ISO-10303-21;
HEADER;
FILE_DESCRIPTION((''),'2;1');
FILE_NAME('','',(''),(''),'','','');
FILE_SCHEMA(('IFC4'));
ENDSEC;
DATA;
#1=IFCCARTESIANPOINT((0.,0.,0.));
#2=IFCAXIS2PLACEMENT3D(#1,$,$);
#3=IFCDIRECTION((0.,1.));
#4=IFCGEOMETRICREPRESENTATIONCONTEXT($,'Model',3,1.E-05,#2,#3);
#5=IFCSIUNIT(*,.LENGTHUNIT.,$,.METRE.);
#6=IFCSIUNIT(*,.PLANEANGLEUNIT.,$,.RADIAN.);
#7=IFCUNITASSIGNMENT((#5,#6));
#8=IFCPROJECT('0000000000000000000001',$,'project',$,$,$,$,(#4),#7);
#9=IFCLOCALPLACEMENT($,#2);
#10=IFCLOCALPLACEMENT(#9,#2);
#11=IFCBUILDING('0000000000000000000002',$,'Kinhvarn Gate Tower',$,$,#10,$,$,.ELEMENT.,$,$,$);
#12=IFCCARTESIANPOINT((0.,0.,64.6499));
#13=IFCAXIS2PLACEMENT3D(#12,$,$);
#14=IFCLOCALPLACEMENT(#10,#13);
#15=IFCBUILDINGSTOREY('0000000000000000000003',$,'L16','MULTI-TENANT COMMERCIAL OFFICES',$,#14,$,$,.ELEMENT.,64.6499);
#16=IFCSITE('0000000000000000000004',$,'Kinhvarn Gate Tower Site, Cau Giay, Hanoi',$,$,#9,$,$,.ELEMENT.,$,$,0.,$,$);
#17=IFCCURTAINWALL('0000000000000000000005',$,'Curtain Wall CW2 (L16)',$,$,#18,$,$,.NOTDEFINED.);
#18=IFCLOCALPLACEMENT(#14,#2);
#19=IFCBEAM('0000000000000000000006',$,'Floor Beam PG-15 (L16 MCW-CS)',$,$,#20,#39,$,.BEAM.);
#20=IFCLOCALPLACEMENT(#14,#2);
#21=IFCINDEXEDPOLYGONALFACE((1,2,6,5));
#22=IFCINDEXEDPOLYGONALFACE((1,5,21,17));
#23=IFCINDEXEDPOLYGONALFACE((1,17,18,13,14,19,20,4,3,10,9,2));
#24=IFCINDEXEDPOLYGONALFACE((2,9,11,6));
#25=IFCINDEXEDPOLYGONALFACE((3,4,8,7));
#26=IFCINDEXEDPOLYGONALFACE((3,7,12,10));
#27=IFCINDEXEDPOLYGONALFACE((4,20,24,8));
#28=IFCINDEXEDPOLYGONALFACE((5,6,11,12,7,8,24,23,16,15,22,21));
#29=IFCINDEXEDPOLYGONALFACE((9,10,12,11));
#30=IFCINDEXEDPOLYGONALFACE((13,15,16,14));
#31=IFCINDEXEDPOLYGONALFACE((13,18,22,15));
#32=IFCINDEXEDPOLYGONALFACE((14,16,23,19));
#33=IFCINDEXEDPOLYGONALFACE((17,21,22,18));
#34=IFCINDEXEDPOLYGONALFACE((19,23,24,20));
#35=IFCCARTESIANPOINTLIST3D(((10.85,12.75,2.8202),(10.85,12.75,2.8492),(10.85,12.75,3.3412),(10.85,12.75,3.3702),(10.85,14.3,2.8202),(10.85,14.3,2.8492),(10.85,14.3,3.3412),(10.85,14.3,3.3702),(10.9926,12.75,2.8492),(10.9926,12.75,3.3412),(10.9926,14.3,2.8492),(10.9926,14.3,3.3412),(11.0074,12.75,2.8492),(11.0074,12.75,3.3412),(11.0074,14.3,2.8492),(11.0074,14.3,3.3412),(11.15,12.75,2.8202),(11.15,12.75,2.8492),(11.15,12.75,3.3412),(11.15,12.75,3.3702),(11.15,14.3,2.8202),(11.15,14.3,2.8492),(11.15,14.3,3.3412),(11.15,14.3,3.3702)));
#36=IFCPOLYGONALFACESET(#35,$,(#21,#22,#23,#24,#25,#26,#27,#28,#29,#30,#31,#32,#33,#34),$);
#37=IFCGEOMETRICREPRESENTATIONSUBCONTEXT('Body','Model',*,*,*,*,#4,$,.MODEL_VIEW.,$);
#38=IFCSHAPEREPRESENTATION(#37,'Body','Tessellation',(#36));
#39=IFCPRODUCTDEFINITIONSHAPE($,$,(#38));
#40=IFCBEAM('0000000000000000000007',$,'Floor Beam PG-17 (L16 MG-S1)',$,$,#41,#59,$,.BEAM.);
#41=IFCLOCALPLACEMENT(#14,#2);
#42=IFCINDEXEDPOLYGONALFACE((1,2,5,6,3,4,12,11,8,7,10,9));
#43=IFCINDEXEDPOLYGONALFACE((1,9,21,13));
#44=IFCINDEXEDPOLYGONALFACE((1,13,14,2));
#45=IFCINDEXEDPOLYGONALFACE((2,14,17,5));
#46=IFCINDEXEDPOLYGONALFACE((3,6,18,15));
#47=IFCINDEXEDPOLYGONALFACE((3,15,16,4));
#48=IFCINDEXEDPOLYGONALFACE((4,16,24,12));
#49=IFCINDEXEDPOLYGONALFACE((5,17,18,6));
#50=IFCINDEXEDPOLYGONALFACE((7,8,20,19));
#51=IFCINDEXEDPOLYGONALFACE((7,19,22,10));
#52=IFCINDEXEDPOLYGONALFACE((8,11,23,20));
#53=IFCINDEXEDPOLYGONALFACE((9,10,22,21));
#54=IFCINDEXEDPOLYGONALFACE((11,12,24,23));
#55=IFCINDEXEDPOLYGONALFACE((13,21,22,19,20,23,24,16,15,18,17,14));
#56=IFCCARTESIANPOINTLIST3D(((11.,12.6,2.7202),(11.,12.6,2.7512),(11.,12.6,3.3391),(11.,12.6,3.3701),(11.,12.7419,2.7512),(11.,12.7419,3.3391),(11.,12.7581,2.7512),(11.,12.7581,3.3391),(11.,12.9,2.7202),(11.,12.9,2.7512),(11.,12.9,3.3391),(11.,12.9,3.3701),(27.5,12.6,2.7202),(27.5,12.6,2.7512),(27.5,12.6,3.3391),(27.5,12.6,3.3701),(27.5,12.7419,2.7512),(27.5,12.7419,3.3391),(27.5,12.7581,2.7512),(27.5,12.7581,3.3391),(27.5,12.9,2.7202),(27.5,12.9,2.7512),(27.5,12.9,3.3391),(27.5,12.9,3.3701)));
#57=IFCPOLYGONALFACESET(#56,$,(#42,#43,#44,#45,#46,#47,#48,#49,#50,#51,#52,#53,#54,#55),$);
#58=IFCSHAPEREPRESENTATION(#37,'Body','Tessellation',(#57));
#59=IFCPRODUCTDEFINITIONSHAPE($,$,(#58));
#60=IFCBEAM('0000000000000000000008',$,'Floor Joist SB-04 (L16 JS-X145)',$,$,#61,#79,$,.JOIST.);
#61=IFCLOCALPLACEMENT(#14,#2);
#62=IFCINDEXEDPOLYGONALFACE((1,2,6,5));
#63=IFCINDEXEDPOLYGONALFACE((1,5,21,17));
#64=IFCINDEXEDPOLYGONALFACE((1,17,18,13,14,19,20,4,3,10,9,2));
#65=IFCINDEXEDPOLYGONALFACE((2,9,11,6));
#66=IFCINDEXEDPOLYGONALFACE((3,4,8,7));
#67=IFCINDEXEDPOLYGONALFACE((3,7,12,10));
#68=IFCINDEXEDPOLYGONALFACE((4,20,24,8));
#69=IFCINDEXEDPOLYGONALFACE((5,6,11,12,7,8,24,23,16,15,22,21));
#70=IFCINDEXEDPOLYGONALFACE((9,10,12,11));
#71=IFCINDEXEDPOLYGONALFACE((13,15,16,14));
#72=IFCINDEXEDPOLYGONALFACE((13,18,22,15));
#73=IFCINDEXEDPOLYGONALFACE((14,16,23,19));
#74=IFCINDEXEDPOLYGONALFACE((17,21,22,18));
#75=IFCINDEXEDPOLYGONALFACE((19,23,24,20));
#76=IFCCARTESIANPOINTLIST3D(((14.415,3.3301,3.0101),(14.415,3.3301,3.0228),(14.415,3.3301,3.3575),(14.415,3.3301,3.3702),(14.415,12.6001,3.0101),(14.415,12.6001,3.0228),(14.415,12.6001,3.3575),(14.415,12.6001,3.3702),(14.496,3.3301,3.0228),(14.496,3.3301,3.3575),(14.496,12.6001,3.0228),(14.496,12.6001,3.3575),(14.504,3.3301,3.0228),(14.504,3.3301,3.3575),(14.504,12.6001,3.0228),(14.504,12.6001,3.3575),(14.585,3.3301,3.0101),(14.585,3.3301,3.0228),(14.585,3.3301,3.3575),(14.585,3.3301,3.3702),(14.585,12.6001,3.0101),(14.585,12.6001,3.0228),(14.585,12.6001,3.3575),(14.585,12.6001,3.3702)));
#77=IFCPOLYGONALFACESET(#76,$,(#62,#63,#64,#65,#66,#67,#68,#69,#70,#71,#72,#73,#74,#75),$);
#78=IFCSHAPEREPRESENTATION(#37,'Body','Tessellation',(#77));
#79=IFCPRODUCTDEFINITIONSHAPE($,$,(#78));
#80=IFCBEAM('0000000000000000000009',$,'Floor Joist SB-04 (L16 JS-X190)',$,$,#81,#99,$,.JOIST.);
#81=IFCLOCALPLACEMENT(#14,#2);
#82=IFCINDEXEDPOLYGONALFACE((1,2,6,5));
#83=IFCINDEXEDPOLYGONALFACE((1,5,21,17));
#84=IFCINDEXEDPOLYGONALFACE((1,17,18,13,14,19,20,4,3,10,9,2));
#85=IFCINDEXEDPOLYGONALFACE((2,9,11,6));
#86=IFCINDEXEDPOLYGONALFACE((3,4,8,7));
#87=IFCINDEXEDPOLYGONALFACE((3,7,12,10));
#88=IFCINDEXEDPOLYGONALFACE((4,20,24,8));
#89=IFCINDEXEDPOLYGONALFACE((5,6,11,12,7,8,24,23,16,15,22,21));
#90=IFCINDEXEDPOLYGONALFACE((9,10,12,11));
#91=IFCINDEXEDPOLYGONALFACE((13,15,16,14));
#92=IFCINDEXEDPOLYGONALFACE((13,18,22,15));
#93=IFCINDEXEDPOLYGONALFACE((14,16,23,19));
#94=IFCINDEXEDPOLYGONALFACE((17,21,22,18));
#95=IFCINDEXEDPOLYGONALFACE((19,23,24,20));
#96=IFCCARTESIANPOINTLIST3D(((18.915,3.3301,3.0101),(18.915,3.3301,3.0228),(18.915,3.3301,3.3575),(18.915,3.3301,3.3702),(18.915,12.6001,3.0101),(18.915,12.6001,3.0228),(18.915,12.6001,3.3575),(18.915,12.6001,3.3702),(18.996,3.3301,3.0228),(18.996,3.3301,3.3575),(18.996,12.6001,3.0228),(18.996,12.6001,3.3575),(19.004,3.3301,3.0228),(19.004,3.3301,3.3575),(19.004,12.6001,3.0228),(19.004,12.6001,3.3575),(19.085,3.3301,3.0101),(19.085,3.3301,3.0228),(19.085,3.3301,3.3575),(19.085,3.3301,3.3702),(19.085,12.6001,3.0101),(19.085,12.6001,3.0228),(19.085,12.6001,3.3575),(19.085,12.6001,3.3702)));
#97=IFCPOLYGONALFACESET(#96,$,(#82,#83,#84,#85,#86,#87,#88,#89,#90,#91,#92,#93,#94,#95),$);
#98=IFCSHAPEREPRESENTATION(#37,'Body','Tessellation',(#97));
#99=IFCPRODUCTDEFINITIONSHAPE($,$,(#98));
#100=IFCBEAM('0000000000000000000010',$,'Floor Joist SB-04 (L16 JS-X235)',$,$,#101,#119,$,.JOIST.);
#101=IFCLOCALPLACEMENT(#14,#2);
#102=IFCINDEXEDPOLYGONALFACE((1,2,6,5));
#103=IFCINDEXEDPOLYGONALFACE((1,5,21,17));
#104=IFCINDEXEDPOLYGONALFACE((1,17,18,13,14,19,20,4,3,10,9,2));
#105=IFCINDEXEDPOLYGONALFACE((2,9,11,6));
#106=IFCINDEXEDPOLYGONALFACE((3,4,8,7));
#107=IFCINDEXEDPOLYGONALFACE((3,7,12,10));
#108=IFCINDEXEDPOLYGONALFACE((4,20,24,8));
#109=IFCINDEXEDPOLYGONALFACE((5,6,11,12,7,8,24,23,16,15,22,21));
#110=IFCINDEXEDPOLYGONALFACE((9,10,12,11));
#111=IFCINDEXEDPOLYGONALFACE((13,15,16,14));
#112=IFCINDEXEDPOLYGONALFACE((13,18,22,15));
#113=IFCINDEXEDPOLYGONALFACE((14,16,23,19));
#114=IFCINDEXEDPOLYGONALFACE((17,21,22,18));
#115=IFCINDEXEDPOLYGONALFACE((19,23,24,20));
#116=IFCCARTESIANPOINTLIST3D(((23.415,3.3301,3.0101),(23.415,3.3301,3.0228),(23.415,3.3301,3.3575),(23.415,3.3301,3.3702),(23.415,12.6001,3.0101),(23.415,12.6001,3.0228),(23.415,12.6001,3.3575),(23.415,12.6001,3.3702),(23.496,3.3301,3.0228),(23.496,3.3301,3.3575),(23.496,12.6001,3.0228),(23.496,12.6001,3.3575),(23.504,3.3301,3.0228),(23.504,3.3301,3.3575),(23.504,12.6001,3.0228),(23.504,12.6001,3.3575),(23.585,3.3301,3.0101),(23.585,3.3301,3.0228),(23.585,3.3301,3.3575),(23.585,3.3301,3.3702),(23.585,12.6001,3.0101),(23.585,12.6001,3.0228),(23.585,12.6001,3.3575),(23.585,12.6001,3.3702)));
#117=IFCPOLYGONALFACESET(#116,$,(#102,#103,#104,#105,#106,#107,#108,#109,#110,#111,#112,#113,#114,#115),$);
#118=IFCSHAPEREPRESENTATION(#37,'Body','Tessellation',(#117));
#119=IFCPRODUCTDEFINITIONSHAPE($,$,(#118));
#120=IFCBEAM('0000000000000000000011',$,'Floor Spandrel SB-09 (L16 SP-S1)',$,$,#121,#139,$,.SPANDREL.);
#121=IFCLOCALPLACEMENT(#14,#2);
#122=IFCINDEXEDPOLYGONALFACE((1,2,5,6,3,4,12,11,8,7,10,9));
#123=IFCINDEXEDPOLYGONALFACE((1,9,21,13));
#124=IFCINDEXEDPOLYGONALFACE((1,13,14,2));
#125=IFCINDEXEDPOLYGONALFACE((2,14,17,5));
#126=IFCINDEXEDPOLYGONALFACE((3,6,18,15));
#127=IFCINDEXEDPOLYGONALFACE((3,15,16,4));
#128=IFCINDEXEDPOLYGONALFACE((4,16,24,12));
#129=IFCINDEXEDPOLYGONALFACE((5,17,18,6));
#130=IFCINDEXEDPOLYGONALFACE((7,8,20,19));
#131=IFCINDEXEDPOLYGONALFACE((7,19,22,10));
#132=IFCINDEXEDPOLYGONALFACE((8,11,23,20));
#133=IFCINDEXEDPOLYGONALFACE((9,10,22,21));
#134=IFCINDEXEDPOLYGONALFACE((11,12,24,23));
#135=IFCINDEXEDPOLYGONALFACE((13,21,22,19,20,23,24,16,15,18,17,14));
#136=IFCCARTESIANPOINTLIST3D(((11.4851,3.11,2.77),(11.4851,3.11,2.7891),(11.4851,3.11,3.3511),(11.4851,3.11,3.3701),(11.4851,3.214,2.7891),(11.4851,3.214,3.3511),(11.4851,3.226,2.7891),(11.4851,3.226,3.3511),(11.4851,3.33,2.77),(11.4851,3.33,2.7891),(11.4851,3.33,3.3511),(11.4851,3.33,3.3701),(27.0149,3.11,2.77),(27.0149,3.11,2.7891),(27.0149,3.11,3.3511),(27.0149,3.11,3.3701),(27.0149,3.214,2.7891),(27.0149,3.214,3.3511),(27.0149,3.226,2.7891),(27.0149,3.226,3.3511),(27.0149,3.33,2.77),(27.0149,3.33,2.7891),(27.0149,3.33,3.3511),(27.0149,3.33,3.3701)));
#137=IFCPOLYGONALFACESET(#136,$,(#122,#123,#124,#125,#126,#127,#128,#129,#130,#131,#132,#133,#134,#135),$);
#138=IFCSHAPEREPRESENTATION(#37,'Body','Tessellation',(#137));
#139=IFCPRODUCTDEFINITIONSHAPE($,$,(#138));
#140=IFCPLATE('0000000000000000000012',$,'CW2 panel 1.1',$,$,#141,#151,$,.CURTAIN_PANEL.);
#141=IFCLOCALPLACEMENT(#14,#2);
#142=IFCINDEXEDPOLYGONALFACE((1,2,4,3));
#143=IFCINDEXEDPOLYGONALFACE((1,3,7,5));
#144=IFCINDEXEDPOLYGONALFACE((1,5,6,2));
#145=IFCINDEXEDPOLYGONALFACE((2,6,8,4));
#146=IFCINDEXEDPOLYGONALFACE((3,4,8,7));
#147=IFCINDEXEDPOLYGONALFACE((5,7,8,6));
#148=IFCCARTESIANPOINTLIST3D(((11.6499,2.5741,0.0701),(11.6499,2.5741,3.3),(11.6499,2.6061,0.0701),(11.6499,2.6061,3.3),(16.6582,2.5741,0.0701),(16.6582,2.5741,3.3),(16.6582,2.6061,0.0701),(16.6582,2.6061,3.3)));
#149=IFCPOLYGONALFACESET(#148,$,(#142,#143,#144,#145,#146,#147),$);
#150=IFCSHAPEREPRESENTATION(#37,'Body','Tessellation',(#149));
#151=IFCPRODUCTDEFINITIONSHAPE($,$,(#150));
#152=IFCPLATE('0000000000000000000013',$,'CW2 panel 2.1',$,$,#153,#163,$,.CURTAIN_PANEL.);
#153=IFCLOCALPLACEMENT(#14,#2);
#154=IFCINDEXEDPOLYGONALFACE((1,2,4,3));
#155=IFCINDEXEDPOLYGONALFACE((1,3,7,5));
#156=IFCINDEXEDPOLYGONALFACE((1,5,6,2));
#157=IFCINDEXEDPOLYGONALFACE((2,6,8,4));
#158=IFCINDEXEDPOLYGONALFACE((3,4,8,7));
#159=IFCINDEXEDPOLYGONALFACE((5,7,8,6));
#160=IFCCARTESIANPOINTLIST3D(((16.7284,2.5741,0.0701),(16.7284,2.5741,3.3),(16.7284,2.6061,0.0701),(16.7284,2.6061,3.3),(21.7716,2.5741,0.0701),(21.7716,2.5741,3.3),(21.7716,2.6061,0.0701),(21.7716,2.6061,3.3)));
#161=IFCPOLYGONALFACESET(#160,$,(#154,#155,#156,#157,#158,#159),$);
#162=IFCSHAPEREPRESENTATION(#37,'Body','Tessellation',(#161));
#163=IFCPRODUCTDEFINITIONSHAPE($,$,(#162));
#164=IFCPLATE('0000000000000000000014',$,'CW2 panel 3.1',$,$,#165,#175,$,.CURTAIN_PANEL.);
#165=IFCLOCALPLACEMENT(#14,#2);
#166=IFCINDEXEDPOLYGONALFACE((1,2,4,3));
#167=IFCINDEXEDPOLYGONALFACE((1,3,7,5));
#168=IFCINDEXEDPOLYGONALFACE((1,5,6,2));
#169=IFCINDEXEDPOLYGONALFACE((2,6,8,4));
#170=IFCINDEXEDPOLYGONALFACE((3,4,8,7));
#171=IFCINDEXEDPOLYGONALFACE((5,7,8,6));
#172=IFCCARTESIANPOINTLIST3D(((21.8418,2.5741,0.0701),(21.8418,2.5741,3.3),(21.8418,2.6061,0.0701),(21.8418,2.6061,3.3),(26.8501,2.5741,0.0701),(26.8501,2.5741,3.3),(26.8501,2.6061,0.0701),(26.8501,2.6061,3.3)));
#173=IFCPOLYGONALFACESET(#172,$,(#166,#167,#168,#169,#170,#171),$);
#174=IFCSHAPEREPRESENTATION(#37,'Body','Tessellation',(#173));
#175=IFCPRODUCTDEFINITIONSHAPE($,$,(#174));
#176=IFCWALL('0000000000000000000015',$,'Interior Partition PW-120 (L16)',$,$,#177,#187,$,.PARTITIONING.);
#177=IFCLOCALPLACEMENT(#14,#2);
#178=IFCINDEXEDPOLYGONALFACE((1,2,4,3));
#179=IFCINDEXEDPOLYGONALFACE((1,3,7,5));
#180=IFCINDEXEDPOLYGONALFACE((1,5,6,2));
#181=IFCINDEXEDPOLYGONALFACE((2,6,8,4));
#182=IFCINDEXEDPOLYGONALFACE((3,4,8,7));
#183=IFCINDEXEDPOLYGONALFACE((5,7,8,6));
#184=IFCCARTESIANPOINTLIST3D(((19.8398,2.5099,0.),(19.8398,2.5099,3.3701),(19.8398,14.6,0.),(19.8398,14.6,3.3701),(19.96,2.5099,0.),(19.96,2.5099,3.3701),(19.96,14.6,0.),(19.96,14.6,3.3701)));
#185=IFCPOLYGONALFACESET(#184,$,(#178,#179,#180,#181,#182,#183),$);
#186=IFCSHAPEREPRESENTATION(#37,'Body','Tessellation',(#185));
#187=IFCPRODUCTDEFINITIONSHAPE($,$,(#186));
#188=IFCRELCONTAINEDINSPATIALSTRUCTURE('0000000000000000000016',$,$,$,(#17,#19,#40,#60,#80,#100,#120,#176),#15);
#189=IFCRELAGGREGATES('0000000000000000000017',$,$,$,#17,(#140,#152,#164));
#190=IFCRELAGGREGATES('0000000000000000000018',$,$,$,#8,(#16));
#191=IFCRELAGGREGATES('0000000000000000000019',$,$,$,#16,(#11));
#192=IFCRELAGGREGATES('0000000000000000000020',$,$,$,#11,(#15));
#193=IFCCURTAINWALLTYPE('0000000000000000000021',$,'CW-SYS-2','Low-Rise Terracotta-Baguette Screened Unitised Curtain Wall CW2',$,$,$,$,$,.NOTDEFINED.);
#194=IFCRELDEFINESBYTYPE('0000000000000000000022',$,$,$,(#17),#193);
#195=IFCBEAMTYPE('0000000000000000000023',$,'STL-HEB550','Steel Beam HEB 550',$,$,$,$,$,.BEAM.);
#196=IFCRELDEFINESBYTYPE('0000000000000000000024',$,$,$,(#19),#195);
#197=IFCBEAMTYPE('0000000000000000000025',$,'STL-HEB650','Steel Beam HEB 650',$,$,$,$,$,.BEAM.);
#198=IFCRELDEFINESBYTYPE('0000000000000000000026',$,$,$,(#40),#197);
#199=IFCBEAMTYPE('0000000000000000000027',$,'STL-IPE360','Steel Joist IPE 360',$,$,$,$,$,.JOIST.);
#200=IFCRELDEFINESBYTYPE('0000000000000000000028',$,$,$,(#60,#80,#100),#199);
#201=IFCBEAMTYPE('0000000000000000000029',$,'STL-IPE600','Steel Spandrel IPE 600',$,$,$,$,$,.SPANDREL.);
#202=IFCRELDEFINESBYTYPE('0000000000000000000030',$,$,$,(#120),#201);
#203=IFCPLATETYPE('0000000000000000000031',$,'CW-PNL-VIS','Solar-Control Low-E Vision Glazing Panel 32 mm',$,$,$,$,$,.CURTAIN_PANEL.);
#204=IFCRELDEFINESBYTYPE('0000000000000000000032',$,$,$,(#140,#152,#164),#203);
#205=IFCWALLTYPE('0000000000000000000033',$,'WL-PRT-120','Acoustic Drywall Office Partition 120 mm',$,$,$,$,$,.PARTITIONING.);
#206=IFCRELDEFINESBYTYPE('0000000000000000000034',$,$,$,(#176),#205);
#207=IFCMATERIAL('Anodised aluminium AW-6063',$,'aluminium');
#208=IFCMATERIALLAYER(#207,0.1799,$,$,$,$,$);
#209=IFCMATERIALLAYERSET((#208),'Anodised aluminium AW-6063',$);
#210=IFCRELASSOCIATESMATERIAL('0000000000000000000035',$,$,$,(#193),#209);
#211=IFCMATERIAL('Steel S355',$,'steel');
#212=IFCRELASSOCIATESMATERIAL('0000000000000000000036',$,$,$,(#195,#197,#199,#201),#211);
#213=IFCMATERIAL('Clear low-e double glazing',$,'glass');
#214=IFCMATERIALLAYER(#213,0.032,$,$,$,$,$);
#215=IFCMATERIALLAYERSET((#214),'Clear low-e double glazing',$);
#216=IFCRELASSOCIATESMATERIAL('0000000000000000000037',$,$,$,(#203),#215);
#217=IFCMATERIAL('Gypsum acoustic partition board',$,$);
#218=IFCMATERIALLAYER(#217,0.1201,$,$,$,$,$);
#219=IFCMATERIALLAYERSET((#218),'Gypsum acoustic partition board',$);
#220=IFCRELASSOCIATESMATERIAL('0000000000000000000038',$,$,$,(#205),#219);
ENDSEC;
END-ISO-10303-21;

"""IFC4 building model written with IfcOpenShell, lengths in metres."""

from ifc_helpers import new_model, si_unit, direction, frame, frame_2d, origin, origin_2d, place, context, subcontext, project, spatial, rectangle, i_section, extrude, material, layer, layer_set, material_profile, profile_set, type_object, element, aggregate, save


model = new_model("IFC4")

# Units and contexts
model_context = context("Model", 3, precision=1e-05, world=origin(), true_north=direction((0.0, 1.0)))
body_context = subcontext(model_context, "Body", "Model", "MODEL_VIEW")
ifc_project = project(units=[si_unit("LENGTHUNIT", "METRE"), si_unit("PLANEANGLEUNIT", "RADIAN")], contexts=[model_context])

# Site, building, storey
site_placement = place(None, origin())
site = spatial("IfcSite", under=ifc_project, at=site_placement, Name="Kinhvarn Gate Tower Site, Cau Giay, Hanoi", CompositionType="ELEMENT", RefElevation=0.0)
building_placement = place(site_placement, origin())
building = spatial("IfcBuilding", under=site, at=building_placement, Name="Kinhvarn Gate Tower", CompositionType="ELEMENT")
storey_placement = place(building_placement, frame((0.0, 0.0, 64.6499)))
storey = spatial("IfcBuildingStorey", under=building, at=storey_placement, Name="L16", Description="MULTI-TENANT COMMERCIAL OFFICES", CompositionType="ELEMENT", Elevation=64.6499)

# Shared definitions
ifc_material_1 = material(Name="Anodised aluminium AW-6063", Category="aluminium")
ifc_layer_1 = layer(ifc_material_1, 0.1799)
ifc_layer_set_1 = layer_set([ifc_layer_1], Name="Anodised aluminium AW-6063")
curtain_wall_type = type_object("IfcCurtainWallType", Name="CW-SYS-2", Description="Low-Rise Terracotta-Baguette Screened Unitised Curtain Wall CW2", PredefinedType="NOTDEFINED", material=ifc_layer_set_1)

# Curtain wall
curtain_wall_1_placement = place(storey_placement, origin())
curtain_wall_1 = element("IfcCurtainWall", 1, at=curtain_wall_1_placement, inside=storey, type_object=curtain_wall_type, Name="Curtain Wall CW2 (L16)", PredefinedType="NOTDEFINED")

# Beams
ifc_material_2 = material(Name="Steel S355", Category="steel")
ifc_material_profile_1 = material_profile(ifc_material_2, i_section(OverallWidth=0.3, OverallDepth=0.55, WebThickness=0.0149, FlangeThickness=0.0291, at=origin_2d()), Name="HEB 550")
ifc_profile_set_1 = profile_set([ifc_material_profile_1], Name="Steel S355")
beam_type_1 = type_object("IfcBeamType", Name="STL-HEB550", Description="Steel Beam HEB 550", PredefinedType="BEAM", material=ifc_profile_set_1)
beam_1_placement = place(storey_placement, frame((11.0, 12.75, 3.0952), z_axis=(0.0, 1.0, 0.0), x_axis=(-1.0, 0.0, 0.0)))
element("IfcBeam", 2, at=beam_1_placement, inside=storey, type_object=beam_type_1, Name="Floor Beam PG-15 (L16 MCW-CS)", PredefinedType="BEAM", context=body_context, shape_type="SweptSolid", body=[
    extrude(i_section(OverallWidth=0.3, OverallDepth=0.55, WebThickness=0.0149, FlangeThickness=0.0291, at=origin_2d()), origin(), (0.0, 0.0, 1.0), 1.55),
])
ifc_material_profile_2 = material_profile(ifc_material_2, i_section(OverallWidth=0.3, OverallDepth=0.6499, WebThickness=0.0161, FlangeThickness=0.031, at=origin_2d()), Name="HEB 650")
ifc_profile_set_2 = profile_set([ifc_material_profile_2], Name="Steel S355")
beam_type_2 = type_object("IfcBeamType", Name="STL-HEB650", Description="Steel Beam HEB 650", PredefinedType="BEAM", material=ifc_profile_set_2)
beam_2_placement = place(storey_placement, frame((11.0, 12.75, 3.0452), z_axis=(1.0, 0.0, 0.0), x_axis=(0.0, 1.0, 0.0)))
element("IfcBeam", 3, at=beam_2_placement, inside=storey, type_object=beam_type_2, Name="Floor Beam PG-17 (L16 MG-S1)", PredefinedType="BEAM", context=body_context, shape_type="SweptSolid", body=[
    extrude(i_section(OverallWidth=0.3, OverallDepth=0.6499, WebThickness=0.0161, FlangeThickness=0.031, at=origin_2d()), origin(), (0.0, 0.0, 1.0), 16.5),
])
ifc_material_profile_3 = material_profile(ifc_material_2, i_section(OverallWidth=0.1699, OverallDepth=0.3601, WebThickness=0.0081, FlangeThickness=0.0127, at=origin_2d()), Name="IPE 360")
ifc_profile_set_3 = profile_set([ifc_material_profile_3], Name="Steel S355")
beam_type_3 = type_object("IfcBeamType", Name="STL-IPE360", Description="Steel Joist IPE 360", PredefinedType="JOIST", material=ifc_profile_set_3)
for number, where, z_axis, x_axis, name in (
    (4, (14.5, 3.3301, 3.1902), (0.0, 1.0, 0.0), (-1.0, 0.0, 0.0), "Floor Joist SB-04 (L16 JS-X145)"),
    (5, (19.0, 3.3301, 3.1902), (0.0, 1.0, 0.0), (-1.0, 0.0, 0.0), "Floor Joist SB-04 (L16 JS-X190)"),
    (6, (23.5, 3.3301, 3.1902), (0.0, 1.0, 0.0), (-1.0, 0.0, 0.0), "Floor Joist SB-04 (L16 JS-X235)"),
):
    element("IfcBeam", number, at=place(storey_placement, frame(where, z_axis=z_axis, x_axis=x_axis)), inside=storey, type_object=beam_type_3, Name=name, PredefinedType="JOIST", context=body_context, shape_type="SweptSolid", body=[
        extrude(i_section(OverallWidth=0.1699, OverallDepth=0.3601, WebThickness=0.0081, FlangeThickness=0.0127, at=origin_2d()), origin(), (0.0, 0.0, 1.0), 9.27),
    ])
ifc_material_profile_4 = material_profile(ifc_material_2, i_section(OverallWidth=0.22, OverallDepth=0.6001, WebThickness=0.012, FlangeThickness=0.019, at=origin_2d()), Name="IPE 600")
ifc_profile_set_4 = profile_set([ifc_material_profile_4], Name="Steel S355")
beam_type_4 = type_object("IfcBeamType", Name="STL-IPE600", Description="Steel Spandrel IPE 600", PredefinedType="SPANDREL", material=ifc_profile_set_4)
beam_3_placement = place(storey_placement, frame((11.4851, 3.22, 3.0701), z_axis=(1.0, 0.0, 0.0), x_axis=(0.0, 1.0, 0.0)))
element("IfcBeam", 7, at=beam_3_placement, inside=storey, type_object=beam_type_4, Name="Floor Spandrel SB-09 (L16 SP-S1)", PredefinedType="SPANDREL", context=body_context, shape_type="SweptSolid", body=[
    extrude(i_section(OverallWidth=0.22, OverallDepth=0.6001, WebThickness=0.012, FlangeThickness=0.019, at=origin_2d()), origin(), (0.0, 0.0, 1.0), 15.5298),
])

# Plates
ifc_material_3 = material(Name="Clear low-e double glazing", Category="glass")
ifc_layer_2 = layer(ifc_material_3, 0.032)
ifc_layer_set_2 = layer_set([ifc_layer_2], Name="Clear low-e double glazing")
plate_type = type_object("IfcPlateType", Name="CW-PNL-VIS", Description="Solar-Control Low-E Vision Glazing Panel 32 mm", PredefinedType="CURTAIN_PANEL", material=ifc_layer_set_2)
plate_1_placement = place(storey_placement, frame((14.1541, 2.5901, 0.0701), z_axis=(0.0, 0.0, 1.0), x_axis=(1.0, 0.0, 0.0)))
plate_1 = element("IfcPlate", 8, at=plate_1_placement, type_object=plate_type, Name="CW2 panel 1.1", PredefinedType="CURTAIN_PANEL", context=body_context, shape_type="SweptSolid", body=[
    extrude(rectangle(XDim=5.0083, YDim=0.032, at=origin_2d()), origin(), (0.0, 0.0, 1.0), 3.23),
])
plate_2_placement = place(storey_placement, frame((19.25, 2.5901, 0.0701), z_axis=(0.0, 0.0, 1.0), x_axis=(1.0, 0.0, 0.0)))
plate_2 = element("IfcPlate", 9, at=plate_2_placement, type_object=plate_type, Name="CW2 panel 2.1", PredefinedType="CURTAIN_PANEL", context=body_context, shape_type="SweptSolid", body=[
    extrude(rectangle(XDim=5.0432, YDim=0.032, at=origin_2d()), origin(), (0.0, 0.0, 1.0), 3.23),
])
plate_3_placement = place(storey_placement, frame((24.3459, 2.5901, 0.0701), z_axis=(0.0, 0.0, 1.0), x_axis=(1.0, 0.0, 0.0)))
plate_3 = element("IfcPlate", 10, at=plate_3_placement, type_object=plate_type, Name="CW2 panel 3.1", PredefinedType="CURTAIN_PANEL", context=body_context, shape_type="SweptSolid", body=[
    extrude(rectangle(XDim=5.0083, YDim=0.032, at=origin_2d()), origin(), (0.0, 0.0, 1.0), 3.23),
])
aggregate(curtain_wall_1, [plate_1, plate_2, plate_3])

# Wall
ifc_material_4 = material(Name="Gypsum acoustic partition board")
ifc_layer_3 = layer(ifc_material_4, 0.1201)
ifc_layer_set_3 = layer_set([ifc_layer_3], Name="Gypsum acoustic partition board")
wall_type = type_object("IfcWallType", Name="WL-PRT-120", Description="Acoustic Drywall Office Partition 120 mm", PredefinedType="PARTITIONING", material=ifc_layer_set_3)
for number, where, z_axis, x_axis, name in (
    (11, (19.8999, 2.51, 0.0), (0.0, 0.0, 1.0), (0.0, 1.0, 0.0), "Interior Partition PW-120 (L16)"),
):
    element("IfcWall", number, at=place(storey_placement, frame(where, z_axis=z_axis, x_axis=x_axis)), inside=storey, type_object=wall_type, Name=name, PredefinedType="PARTITIONING", context=body_context, shape_type="SweptSolid", body=[
        extrude(rectangle(XDim=12.0901, YDim=0.1201, at=frame_2d((6.0449, 0.0))), origin(), (0.0, 0.0, 1.0), 3.3701),
    ])

save(model, "model.ifc")
